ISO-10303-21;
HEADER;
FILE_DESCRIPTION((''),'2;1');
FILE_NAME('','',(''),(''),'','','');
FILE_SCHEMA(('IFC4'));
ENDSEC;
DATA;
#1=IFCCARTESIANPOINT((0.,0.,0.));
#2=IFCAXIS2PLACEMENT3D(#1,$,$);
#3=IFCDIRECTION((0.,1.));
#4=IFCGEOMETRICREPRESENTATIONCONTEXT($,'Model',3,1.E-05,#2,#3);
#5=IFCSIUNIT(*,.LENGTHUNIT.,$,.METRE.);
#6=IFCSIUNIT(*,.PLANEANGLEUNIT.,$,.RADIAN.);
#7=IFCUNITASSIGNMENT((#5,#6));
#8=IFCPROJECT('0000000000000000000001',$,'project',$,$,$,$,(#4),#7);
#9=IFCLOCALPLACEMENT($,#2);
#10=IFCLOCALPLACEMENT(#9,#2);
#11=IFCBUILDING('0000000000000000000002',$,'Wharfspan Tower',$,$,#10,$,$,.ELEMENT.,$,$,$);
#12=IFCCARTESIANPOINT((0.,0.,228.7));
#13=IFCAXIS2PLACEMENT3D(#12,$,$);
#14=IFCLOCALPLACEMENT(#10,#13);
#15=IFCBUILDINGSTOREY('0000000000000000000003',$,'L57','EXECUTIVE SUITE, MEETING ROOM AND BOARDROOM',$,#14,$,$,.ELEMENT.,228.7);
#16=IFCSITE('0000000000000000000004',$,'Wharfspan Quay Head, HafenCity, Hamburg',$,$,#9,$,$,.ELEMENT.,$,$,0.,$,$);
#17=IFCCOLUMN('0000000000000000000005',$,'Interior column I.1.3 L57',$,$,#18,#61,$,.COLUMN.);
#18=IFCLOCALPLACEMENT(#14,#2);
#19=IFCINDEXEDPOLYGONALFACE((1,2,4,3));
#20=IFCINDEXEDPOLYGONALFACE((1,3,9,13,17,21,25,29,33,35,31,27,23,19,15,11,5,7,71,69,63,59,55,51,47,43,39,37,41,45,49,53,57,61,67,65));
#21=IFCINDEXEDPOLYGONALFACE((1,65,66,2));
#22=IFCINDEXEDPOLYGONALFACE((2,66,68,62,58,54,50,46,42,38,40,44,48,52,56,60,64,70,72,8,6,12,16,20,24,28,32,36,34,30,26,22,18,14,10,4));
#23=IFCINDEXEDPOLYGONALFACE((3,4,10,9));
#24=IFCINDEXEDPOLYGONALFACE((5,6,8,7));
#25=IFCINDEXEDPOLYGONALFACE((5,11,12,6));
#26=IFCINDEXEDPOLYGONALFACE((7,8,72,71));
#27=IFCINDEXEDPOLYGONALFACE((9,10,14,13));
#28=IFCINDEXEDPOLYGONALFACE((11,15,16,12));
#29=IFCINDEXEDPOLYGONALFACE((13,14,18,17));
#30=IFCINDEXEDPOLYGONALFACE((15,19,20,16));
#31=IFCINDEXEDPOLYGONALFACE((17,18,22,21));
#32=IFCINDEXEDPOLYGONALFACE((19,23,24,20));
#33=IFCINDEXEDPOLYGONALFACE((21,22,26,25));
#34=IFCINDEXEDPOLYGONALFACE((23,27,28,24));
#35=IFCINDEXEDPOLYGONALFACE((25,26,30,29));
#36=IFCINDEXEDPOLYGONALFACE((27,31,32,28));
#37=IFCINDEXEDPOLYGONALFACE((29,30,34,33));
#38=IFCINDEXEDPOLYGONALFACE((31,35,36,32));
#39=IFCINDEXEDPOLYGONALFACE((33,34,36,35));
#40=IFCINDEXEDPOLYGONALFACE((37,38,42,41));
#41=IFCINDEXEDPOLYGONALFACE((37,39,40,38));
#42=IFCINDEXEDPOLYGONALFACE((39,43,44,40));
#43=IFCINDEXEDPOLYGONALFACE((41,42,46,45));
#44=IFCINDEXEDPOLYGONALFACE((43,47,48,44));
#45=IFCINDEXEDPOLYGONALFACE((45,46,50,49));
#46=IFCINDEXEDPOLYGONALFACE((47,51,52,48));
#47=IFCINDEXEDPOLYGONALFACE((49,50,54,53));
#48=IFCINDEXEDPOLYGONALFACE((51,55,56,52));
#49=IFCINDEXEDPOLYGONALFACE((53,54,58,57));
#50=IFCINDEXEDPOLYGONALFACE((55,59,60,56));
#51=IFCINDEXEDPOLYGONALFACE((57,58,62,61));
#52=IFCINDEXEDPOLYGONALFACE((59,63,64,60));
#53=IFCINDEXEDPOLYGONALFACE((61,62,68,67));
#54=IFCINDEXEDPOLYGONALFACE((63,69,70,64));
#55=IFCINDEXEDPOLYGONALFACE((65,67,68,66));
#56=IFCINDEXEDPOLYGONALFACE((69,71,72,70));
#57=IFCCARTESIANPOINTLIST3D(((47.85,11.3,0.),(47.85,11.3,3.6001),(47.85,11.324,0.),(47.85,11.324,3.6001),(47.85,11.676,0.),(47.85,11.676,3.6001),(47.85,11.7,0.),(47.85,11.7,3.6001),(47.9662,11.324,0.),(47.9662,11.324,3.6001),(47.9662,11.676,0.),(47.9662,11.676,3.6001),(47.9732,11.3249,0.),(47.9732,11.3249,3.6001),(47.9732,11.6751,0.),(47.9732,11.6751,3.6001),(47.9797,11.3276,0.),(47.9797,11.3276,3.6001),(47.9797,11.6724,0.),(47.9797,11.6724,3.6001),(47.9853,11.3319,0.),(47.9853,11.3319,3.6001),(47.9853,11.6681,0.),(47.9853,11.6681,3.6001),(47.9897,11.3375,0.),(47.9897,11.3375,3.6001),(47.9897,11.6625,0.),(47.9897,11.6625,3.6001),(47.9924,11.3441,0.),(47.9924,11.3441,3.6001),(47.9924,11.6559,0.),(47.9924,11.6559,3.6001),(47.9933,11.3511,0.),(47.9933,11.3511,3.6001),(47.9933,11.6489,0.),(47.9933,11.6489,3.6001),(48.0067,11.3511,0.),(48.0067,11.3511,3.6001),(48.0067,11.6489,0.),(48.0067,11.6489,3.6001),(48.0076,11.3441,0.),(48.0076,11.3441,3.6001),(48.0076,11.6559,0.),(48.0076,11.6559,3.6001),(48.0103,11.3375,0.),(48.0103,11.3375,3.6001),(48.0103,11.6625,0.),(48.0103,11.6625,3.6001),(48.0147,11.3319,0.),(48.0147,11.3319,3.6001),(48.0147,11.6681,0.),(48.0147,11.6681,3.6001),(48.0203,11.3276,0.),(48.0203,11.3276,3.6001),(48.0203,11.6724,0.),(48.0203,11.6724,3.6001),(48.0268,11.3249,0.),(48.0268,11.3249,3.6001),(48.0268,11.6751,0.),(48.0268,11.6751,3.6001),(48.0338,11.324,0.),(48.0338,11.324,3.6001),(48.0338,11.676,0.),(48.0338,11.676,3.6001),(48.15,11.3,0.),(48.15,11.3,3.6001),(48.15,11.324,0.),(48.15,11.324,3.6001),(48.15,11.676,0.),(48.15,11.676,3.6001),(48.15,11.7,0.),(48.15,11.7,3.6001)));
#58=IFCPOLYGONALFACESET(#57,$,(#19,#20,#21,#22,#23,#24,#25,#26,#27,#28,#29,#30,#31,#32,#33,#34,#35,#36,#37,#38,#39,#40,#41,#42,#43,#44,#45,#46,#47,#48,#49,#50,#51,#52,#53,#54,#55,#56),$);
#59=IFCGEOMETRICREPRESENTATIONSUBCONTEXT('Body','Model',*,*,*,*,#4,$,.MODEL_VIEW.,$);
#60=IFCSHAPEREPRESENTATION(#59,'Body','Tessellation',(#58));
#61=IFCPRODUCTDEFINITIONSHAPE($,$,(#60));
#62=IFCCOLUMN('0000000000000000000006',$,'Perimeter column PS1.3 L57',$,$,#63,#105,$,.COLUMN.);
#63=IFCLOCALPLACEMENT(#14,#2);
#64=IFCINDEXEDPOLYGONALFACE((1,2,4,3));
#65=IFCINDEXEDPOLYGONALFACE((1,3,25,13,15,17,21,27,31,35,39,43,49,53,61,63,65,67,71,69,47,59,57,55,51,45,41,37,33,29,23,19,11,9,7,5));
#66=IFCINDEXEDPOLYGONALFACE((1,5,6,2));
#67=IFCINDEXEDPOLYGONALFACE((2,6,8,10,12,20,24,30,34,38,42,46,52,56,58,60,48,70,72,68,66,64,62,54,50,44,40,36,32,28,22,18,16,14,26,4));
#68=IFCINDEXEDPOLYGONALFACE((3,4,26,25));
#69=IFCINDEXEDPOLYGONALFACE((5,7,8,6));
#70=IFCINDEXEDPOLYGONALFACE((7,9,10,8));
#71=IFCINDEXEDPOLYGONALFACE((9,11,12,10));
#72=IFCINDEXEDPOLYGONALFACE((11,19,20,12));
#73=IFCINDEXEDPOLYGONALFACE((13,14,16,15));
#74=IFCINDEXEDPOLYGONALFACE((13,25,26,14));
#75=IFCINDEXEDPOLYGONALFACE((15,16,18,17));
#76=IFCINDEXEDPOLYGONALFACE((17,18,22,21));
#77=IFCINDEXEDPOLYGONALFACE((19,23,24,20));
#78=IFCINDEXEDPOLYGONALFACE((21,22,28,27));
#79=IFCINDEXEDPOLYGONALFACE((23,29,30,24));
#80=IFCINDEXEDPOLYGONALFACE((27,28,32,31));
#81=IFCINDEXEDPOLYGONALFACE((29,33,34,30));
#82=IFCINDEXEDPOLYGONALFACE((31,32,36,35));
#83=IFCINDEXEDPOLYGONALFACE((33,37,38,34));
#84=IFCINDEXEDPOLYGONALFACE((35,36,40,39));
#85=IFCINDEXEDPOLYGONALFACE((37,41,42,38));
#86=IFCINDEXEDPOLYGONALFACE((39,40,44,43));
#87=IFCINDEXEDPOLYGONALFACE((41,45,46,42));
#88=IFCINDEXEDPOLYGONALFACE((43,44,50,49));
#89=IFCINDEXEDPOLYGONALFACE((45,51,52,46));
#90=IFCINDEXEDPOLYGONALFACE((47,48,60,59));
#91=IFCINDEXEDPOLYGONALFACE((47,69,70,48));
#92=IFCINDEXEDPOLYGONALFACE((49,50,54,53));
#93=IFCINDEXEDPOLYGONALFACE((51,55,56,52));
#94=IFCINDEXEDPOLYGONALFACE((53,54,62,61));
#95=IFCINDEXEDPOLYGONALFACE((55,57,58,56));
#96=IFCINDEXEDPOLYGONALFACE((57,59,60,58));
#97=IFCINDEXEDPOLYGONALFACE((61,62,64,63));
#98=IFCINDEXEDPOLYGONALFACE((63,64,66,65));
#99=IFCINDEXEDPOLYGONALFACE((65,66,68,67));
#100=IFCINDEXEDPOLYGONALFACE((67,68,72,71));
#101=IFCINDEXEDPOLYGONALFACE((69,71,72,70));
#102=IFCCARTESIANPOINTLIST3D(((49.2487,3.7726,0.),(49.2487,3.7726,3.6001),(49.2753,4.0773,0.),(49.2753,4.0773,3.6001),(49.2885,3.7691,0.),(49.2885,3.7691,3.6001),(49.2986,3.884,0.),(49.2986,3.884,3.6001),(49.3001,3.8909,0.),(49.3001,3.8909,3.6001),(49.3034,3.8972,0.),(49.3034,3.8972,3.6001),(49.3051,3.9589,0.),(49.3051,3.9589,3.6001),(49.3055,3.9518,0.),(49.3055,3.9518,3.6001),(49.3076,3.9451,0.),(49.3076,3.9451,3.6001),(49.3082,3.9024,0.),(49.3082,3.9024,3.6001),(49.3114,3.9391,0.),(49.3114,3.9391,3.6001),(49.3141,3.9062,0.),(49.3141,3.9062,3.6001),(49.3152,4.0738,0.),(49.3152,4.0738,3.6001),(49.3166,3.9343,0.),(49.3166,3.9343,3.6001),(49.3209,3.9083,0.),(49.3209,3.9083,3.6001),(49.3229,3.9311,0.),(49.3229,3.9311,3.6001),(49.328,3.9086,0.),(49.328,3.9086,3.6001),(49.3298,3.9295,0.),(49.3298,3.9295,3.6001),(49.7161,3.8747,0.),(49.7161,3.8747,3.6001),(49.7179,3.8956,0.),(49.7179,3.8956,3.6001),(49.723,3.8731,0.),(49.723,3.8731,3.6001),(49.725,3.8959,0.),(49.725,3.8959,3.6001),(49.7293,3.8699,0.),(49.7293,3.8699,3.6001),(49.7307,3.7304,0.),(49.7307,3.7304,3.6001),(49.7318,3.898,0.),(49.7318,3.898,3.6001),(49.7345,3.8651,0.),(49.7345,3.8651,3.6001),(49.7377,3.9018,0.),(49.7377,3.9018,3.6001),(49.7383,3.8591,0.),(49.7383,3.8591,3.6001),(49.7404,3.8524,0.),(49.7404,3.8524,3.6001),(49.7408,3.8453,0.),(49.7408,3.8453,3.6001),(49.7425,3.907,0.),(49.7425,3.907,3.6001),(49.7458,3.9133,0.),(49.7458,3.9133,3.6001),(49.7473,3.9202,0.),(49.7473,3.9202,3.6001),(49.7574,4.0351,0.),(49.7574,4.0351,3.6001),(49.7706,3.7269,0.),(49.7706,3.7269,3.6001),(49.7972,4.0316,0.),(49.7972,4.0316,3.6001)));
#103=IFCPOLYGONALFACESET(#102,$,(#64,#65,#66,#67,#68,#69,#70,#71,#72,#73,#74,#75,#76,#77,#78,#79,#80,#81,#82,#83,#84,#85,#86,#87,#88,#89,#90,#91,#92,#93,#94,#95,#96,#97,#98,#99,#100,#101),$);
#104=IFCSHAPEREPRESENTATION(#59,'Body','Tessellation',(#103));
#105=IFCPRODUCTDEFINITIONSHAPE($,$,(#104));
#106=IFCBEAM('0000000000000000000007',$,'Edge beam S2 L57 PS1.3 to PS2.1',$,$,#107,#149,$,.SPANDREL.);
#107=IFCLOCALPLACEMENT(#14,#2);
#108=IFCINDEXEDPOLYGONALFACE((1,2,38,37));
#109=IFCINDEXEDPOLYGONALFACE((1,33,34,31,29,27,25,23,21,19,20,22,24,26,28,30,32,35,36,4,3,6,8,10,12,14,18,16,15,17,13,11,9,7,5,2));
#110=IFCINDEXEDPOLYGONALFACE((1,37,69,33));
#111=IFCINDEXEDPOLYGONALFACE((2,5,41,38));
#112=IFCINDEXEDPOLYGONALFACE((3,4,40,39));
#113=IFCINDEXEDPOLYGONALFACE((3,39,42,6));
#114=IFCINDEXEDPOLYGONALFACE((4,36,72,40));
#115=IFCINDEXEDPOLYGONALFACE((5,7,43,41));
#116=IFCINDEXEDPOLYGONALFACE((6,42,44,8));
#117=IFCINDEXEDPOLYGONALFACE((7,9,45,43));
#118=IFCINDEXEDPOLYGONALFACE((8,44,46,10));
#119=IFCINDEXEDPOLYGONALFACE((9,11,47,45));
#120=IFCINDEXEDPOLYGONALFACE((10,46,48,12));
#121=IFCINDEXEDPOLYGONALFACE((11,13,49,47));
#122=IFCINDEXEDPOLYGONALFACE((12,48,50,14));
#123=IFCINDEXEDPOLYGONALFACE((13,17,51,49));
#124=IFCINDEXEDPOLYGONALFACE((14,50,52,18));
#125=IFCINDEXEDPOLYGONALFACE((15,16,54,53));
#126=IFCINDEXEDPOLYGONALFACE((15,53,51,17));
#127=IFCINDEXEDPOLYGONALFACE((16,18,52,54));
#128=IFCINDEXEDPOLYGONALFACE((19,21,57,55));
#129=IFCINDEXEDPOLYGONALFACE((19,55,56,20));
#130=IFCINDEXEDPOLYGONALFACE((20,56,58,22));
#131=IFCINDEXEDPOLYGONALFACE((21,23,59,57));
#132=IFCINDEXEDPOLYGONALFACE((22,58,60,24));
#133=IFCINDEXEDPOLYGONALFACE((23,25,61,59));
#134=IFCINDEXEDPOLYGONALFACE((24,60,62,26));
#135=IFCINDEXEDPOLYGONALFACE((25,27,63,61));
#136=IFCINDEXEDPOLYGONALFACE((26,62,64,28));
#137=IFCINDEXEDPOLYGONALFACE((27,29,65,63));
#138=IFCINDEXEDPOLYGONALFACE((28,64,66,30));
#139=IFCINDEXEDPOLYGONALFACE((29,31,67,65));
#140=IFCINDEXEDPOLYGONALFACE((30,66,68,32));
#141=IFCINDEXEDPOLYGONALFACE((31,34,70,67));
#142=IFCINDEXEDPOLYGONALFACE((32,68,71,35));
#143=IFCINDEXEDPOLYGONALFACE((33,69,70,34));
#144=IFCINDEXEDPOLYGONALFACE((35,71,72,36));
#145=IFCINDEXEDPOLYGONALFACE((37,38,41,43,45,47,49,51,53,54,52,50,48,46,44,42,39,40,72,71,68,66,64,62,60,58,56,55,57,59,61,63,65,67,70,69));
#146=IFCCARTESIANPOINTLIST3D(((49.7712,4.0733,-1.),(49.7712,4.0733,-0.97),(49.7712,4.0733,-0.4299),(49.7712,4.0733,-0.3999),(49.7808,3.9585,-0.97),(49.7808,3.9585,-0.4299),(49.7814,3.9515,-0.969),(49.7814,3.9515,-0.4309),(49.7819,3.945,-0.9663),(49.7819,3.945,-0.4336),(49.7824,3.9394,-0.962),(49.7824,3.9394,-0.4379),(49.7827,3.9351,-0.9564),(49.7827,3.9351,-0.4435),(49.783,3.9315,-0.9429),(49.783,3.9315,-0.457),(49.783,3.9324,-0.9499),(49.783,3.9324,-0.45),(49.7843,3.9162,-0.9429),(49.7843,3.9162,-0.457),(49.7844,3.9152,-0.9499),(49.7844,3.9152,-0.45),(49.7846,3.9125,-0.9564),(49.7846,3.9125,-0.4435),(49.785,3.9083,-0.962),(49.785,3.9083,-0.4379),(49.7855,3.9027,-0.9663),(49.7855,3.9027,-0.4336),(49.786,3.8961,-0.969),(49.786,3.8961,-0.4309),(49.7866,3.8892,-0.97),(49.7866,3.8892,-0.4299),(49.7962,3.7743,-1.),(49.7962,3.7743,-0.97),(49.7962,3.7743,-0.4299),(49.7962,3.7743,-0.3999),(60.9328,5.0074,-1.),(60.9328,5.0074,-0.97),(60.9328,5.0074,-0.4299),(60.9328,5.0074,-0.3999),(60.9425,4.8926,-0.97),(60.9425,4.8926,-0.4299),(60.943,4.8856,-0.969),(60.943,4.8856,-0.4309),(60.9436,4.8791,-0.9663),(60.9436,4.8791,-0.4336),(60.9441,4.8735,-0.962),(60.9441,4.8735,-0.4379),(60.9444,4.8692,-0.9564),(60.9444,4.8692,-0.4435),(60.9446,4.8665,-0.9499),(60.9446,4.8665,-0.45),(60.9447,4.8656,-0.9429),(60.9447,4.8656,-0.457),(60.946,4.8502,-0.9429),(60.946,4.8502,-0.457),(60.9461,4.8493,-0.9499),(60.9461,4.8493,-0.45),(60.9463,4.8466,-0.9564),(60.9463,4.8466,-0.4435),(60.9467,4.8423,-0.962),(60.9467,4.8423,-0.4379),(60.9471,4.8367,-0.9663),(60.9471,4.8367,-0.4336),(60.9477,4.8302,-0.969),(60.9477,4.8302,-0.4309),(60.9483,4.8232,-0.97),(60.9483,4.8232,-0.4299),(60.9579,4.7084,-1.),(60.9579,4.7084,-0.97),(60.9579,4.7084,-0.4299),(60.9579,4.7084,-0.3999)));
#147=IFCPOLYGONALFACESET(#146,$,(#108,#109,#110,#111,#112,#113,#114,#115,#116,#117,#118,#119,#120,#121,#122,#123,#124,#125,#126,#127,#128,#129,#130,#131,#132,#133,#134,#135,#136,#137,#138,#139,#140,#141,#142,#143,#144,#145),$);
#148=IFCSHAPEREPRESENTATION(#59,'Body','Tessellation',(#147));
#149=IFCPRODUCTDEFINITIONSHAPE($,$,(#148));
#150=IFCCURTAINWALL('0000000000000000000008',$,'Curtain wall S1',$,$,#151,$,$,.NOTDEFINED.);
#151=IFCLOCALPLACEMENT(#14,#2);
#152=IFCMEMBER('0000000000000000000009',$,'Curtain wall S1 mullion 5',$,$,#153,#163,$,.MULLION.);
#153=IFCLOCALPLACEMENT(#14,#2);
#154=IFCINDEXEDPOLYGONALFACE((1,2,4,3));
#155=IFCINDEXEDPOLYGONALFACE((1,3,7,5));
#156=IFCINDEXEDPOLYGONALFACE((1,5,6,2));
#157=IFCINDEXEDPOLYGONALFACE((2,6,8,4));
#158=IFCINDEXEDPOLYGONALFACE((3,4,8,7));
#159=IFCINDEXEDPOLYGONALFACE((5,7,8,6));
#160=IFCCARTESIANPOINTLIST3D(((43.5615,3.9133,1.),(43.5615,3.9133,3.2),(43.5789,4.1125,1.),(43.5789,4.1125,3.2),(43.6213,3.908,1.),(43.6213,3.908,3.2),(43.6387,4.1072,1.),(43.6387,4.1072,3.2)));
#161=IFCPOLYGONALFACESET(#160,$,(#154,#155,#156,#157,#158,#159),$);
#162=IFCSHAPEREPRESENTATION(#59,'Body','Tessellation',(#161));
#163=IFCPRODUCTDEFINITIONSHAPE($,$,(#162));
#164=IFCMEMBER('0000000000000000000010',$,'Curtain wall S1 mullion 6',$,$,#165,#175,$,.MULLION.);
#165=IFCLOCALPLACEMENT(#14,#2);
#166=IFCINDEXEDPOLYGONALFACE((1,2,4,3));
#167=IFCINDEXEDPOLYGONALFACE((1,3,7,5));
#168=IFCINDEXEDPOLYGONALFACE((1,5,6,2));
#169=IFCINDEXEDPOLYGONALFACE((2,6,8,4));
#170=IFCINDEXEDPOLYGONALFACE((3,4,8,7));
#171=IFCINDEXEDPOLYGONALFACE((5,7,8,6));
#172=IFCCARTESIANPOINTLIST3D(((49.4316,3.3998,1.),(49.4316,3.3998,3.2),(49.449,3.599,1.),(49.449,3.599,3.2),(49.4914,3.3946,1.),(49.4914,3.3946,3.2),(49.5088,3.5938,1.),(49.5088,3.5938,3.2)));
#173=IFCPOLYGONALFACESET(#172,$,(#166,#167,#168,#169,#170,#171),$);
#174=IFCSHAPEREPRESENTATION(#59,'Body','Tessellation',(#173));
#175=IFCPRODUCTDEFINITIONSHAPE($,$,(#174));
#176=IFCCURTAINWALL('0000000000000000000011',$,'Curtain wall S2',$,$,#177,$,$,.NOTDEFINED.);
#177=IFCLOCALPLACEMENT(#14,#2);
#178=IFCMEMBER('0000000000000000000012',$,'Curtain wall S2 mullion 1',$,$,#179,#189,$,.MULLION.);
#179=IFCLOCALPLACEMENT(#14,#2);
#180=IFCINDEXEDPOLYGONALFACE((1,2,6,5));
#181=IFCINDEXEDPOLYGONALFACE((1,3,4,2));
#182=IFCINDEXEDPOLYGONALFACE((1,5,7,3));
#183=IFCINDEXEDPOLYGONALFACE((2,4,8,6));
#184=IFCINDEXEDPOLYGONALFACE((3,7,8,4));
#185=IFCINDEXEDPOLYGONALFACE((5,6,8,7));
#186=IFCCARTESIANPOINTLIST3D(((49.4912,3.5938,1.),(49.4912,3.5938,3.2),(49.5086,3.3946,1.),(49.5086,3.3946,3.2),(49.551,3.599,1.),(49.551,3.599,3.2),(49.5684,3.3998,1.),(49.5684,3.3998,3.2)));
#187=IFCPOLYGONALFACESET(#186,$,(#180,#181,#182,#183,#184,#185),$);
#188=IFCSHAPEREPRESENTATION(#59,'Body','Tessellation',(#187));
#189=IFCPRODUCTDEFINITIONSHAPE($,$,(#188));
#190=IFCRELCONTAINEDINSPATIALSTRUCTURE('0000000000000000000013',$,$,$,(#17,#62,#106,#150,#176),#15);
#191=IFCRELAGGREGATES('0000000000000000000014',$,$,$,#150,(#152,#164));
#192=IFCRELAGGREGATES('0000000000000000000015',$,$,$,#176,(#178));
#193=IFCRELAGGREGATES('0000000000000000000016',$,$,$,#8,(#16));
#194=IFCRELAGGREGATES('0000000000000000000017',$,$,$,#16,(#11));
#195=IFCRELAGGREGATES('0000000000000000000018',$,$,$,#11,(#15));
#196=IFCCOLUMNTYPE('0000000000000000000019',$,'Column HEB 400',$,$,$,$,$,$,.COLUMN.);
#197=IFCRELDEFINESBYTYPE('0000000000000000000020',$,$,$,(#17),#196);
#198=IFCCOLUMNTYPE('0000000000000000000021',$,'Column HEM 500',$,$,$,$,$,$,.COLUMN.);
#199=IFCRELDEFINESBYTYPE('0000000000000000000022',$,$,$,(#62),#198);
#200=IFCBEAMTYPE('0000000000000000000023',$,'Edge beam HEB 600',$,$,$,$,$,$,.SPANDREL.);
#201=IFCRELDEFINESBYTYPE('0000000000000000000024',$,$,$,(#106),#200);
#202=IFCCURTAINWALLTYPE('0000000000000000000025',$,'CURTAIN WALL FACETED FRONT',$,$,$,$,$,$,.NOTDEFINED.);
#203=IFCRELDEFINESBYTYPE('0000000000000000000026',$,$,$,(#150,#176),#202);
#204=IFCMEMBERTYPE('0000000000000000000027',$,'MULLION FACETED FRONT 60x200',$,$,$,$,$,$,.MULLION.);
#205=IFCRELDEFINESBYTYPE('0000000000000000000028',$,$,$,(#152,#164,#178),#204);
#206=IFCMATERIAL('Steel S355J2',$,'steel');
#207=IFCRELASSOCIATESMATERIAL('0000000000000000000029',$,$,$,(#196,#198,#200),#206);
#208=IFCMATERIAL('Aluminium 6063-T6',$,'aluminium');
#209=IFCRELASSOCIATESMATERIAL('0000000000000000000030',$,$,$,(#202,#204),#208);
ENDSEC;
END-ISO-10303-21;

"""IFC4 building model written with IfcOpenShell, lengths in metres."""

from ifc_helpers import new_model, si_unit, direction, frame, origin, origin_2d, place, context, subcontext, project, spatial, rectangle, i_section, extrude, material, material_profile, profile_set, type_object, element, aggregate, save


model = new_model("IFC4")

# Units and contexts
model_context = context("Model", 3, precision=1e-05, world=origin(), true_north=direction((0.0, 1.0)))
body_context = subcontext(model_context, "Body", "Model", "MODEL_VIEW")
ifc_project = project(units=[si_unit("LENGTHUNIT", "METRE"), si_unit("PLANEANGLEUNIT", "RADIAN")], contexts=[model_context])

# Site, building, storey
site_placement = place(None, origin())
site = spatial("IfcSite", under=ifc_project, at=site_placement, Name="Wharfspan Quay Head, HafenCity, Hamburg", CompositionType="ELEMENT", RefElevation=0.0)
building_placement = place(site_placement, origin())
building = spatial("IfcBuilding", under=site, at=building_placement, Name="Wharfspan Tower", CompositionType="ELEMENT")
storey_placement = place(building_placement, frame((0.0, 0.0, 228.7)))
storey = spatial("IfcBuildingStorey", under=building, at=storey_placement, Name="L57", Description="EXECUTIVE SUITE, MEETING ROOM AND BOARDROOM", CompositionType="ELEMENT", Elevation=228.7)

# Columns
ifc_material_1 = material(Name="Steel S355J2", Category="steel")
ifc_material_profile_1 = material_profile(ifc_material_1, i_section(OverallWidth=0.3, OverallDepth=0.3999, WebThickness=0.0134, FlangeThickness=0.0239, FilletRadius=0.0271, at=origin_2d()))
ifc_profile_set_1 = profile_set([ifc_material_profile_1], Name="Steel S355J2")
column_type_1 = type_object("IfcColumnType", Name="Column HEB 400", PredefinedType="COLUMN", material=ifc_profile_set_1)
column_1_placement = place(storey_placement, frame((48.0, 11.5, 0.0), z_axis=(0.0, 0.0, 1.0), x_axis=(1.0, 0.0, 0.0)))
element("IfcColumn", 1, at=column_1_placement, inside=storey, type_object=column_type_1, Name="Interior column I.1.3 L57", PredefinedType="COLUMN", context=body_context, shape_type="SweptSolid", body=[
    extrude(i_section(OverallWidth=0.3, OverallDepth=0.3999, WebThickness=0.0134, FlangeThickness=0.0239, FilletRadius=0.0271, at=origin_2d()), origin(), (0.0, 0.0, 1.0), 3.6001),
])
ifc_material_profile_2 = material_profile(ifc_material_1, i_section(OverallWidth=0.3059, OverallDepth=0.5239, WebThickness=0.021, FlangeThickness=0.04, FilletRadius=0.0271, at=origin_2d()))
ifc_profile_set_2 = profile_set([ifc_material_profile_2], Name="Steel S355J2")
column_type_2 = type_object("IfcColumnType", Name="Column HEM 500", PredefinedType="COLUMN", material=ifc_profile_set_2)
column_2_placement = place(storey_placement, frame((49.5229, 3.9021, 0.0), z_axis=(0.0, 0.0, 1.0), x_axis=(-0.087156, -0.996197, 0.0)))
element("IfcColumn", 2, at=column_2_placement, inside=storey, type_object=column_type_2, Name="Perimeter column PS1.3 L57", PredefinedType="COLUMN", context=body_context, shape_type="SweptSolid", body=[
    extrude(i_section(OverallWidth=0.3059, OverallDepth=0.5239, WebThickness=0.021, FlangeThickness=0.04, FilletRadius=0.0271, at=origin_2d()), origin(), (0.0, 0.0, 1.0), 3.6001),
])

# Beam
ifc_material_profile_3 = material_profile(ifc_material_1, i_section(OverallWidth=0.3, OverallDepth=0.6001, WebThickness=0.0154, FlangeThickness=0.03, FilletRadius=0.0271, at=origin_2d()))
ifc_profile_set_3 = profile_set([ifc_material_profile_3], Name="Steel S355J2")
beam_type = type_object("IfcBeamType", Name="Edge beam HEB 600", PredefinedType="SPANDREL", material=ifc_profile_set_3)
beam_placement = place(storey_placement, frame((49.7837, 3.9238, -0.7), z_axis=(0.996517, 0.083395, 0.0), x_axis=(-0.083395, 0.996517, 0.0)))
element("IfcBeam", 3, at=beam_placement, inside=storey, type_object=beam_type, Name="Edge beam S2 L57 PS1.3 to PS2.1", PredefinedType="SPANDREL", context=body_context, shape_type="SweptSolid", body=[
    extrude(i_section(OverallWidth=0.3, OverallDepth=0.6001, WebThickness=0.0154, FlangeThickness=0.03, FilletRadius=0.0271, at=origin_2d()), origin(), (0.0, 0.0, 1.0), 11.2007),
])

# Curtain walls, members
ifc_material_2 = material(Name="Aluminium 6063-T6", Category="aluminium")
curtain_wall_type = type_object("IfcCurtainWallType", Name="CURTAIN WALL FACETED FRONT", PredefinedType="NOTDEFINED", material=ifc_material_2)
curtain_wall_1_placement = place(storey_placement, origin())
curtain_wall_1 = element("IfcCurtainWall", 4, at=curtain_wall_1_placement, inside=storey, type_object=curtain_wall_type, Name="Curtain wall S1", PredefinedType="NOTDEFINED")
ifc_material_profile_4 = material_profile(ifc_material_2, rectangle(XDim=0.2, YDim=0.0601, at=origin_2d()))
ifc_profile_set_4 = profile_set([ifc_material_profile_4], Name="Aluminium 6063-T6")
member_type_1 = type_object("IfcMemberType", Name="MULLION FACETED FRONT 60x200", PredefinedType="MULLION", material=ifc_profile_set_4)
member_1_placement = place(storey_placement, frame((43.6001, 4.0103, 1.0), z_axis=(0.0, 0.0, 1.0), x_axis=(0.087156, 0.996197, 0.0)))
member_1 = element("IfcMember", 5, at=member_1_placement, type_object=member_type_1, Name="Curtain wall S1 mullion 5", PredefinedType="MULLION", context=body_context, shape_type="SweptSolid", body=[
    extrude(rectangle(XDim=0.2, YDim=0.0601, at=origin_2d()), origin(), (0.0, 0.0, 1.0), 2.2),
])
member_2_placement = place(storey_placement, frame((49.4702, 3.4968, 1.0), z_axis=(0.0, 0.0, 1.0), x_axis=(0.087156, 0.996197, 0.0)))
member_2 = element("IfcMember", 6, at=member_2_placement, type_object=member_type_1, Name="Curtain wall S1 mullion 6", PredefinedType="MULLION", context=body_context, shape_type="SweptSolid", body=[
    extrude(rectangle(XDim=0.2, YDim=0.0601, at=origin_2d()), origin(), (0.0, 0.0, 1.0), 2.2),
])
curtain_wall_2_placement = place(storey_placement, origin())
curtain_wall_2 = element("IfcCurtainWall", 7, at=curtain_wall_2_placement, inside=storey, type_object=curtain_wall_type, Name="Curtain wall S2", PredefinedType="NOTDEFINED")
member_3_placement = place(storey_placement, frame((49.5298, 3.4968, 1.0), z_axis=(0.0, 0.0, 1.0), x_axis=(-0.087156, 0.996197, 0.0)))
member_3 = element("IfcMember", 8, at=member_3_placement, type_object=member_type_1, Name="Curtain wall S2 mullion 1", PredefinedType="MULLION", context=body_context, shape_type="SweptSolid", body=[
    extrude(rectangle(XDim=0.2, YDim=0.0601, at=origin_2d()), origin(), (0.0, 0.0, 1.0), 2.2),
])

aggregate(curtain_wall_1, [member_1, member_2])
aggregate(curtain_wall_2, [member_3])

save(model, "model.ifc")
